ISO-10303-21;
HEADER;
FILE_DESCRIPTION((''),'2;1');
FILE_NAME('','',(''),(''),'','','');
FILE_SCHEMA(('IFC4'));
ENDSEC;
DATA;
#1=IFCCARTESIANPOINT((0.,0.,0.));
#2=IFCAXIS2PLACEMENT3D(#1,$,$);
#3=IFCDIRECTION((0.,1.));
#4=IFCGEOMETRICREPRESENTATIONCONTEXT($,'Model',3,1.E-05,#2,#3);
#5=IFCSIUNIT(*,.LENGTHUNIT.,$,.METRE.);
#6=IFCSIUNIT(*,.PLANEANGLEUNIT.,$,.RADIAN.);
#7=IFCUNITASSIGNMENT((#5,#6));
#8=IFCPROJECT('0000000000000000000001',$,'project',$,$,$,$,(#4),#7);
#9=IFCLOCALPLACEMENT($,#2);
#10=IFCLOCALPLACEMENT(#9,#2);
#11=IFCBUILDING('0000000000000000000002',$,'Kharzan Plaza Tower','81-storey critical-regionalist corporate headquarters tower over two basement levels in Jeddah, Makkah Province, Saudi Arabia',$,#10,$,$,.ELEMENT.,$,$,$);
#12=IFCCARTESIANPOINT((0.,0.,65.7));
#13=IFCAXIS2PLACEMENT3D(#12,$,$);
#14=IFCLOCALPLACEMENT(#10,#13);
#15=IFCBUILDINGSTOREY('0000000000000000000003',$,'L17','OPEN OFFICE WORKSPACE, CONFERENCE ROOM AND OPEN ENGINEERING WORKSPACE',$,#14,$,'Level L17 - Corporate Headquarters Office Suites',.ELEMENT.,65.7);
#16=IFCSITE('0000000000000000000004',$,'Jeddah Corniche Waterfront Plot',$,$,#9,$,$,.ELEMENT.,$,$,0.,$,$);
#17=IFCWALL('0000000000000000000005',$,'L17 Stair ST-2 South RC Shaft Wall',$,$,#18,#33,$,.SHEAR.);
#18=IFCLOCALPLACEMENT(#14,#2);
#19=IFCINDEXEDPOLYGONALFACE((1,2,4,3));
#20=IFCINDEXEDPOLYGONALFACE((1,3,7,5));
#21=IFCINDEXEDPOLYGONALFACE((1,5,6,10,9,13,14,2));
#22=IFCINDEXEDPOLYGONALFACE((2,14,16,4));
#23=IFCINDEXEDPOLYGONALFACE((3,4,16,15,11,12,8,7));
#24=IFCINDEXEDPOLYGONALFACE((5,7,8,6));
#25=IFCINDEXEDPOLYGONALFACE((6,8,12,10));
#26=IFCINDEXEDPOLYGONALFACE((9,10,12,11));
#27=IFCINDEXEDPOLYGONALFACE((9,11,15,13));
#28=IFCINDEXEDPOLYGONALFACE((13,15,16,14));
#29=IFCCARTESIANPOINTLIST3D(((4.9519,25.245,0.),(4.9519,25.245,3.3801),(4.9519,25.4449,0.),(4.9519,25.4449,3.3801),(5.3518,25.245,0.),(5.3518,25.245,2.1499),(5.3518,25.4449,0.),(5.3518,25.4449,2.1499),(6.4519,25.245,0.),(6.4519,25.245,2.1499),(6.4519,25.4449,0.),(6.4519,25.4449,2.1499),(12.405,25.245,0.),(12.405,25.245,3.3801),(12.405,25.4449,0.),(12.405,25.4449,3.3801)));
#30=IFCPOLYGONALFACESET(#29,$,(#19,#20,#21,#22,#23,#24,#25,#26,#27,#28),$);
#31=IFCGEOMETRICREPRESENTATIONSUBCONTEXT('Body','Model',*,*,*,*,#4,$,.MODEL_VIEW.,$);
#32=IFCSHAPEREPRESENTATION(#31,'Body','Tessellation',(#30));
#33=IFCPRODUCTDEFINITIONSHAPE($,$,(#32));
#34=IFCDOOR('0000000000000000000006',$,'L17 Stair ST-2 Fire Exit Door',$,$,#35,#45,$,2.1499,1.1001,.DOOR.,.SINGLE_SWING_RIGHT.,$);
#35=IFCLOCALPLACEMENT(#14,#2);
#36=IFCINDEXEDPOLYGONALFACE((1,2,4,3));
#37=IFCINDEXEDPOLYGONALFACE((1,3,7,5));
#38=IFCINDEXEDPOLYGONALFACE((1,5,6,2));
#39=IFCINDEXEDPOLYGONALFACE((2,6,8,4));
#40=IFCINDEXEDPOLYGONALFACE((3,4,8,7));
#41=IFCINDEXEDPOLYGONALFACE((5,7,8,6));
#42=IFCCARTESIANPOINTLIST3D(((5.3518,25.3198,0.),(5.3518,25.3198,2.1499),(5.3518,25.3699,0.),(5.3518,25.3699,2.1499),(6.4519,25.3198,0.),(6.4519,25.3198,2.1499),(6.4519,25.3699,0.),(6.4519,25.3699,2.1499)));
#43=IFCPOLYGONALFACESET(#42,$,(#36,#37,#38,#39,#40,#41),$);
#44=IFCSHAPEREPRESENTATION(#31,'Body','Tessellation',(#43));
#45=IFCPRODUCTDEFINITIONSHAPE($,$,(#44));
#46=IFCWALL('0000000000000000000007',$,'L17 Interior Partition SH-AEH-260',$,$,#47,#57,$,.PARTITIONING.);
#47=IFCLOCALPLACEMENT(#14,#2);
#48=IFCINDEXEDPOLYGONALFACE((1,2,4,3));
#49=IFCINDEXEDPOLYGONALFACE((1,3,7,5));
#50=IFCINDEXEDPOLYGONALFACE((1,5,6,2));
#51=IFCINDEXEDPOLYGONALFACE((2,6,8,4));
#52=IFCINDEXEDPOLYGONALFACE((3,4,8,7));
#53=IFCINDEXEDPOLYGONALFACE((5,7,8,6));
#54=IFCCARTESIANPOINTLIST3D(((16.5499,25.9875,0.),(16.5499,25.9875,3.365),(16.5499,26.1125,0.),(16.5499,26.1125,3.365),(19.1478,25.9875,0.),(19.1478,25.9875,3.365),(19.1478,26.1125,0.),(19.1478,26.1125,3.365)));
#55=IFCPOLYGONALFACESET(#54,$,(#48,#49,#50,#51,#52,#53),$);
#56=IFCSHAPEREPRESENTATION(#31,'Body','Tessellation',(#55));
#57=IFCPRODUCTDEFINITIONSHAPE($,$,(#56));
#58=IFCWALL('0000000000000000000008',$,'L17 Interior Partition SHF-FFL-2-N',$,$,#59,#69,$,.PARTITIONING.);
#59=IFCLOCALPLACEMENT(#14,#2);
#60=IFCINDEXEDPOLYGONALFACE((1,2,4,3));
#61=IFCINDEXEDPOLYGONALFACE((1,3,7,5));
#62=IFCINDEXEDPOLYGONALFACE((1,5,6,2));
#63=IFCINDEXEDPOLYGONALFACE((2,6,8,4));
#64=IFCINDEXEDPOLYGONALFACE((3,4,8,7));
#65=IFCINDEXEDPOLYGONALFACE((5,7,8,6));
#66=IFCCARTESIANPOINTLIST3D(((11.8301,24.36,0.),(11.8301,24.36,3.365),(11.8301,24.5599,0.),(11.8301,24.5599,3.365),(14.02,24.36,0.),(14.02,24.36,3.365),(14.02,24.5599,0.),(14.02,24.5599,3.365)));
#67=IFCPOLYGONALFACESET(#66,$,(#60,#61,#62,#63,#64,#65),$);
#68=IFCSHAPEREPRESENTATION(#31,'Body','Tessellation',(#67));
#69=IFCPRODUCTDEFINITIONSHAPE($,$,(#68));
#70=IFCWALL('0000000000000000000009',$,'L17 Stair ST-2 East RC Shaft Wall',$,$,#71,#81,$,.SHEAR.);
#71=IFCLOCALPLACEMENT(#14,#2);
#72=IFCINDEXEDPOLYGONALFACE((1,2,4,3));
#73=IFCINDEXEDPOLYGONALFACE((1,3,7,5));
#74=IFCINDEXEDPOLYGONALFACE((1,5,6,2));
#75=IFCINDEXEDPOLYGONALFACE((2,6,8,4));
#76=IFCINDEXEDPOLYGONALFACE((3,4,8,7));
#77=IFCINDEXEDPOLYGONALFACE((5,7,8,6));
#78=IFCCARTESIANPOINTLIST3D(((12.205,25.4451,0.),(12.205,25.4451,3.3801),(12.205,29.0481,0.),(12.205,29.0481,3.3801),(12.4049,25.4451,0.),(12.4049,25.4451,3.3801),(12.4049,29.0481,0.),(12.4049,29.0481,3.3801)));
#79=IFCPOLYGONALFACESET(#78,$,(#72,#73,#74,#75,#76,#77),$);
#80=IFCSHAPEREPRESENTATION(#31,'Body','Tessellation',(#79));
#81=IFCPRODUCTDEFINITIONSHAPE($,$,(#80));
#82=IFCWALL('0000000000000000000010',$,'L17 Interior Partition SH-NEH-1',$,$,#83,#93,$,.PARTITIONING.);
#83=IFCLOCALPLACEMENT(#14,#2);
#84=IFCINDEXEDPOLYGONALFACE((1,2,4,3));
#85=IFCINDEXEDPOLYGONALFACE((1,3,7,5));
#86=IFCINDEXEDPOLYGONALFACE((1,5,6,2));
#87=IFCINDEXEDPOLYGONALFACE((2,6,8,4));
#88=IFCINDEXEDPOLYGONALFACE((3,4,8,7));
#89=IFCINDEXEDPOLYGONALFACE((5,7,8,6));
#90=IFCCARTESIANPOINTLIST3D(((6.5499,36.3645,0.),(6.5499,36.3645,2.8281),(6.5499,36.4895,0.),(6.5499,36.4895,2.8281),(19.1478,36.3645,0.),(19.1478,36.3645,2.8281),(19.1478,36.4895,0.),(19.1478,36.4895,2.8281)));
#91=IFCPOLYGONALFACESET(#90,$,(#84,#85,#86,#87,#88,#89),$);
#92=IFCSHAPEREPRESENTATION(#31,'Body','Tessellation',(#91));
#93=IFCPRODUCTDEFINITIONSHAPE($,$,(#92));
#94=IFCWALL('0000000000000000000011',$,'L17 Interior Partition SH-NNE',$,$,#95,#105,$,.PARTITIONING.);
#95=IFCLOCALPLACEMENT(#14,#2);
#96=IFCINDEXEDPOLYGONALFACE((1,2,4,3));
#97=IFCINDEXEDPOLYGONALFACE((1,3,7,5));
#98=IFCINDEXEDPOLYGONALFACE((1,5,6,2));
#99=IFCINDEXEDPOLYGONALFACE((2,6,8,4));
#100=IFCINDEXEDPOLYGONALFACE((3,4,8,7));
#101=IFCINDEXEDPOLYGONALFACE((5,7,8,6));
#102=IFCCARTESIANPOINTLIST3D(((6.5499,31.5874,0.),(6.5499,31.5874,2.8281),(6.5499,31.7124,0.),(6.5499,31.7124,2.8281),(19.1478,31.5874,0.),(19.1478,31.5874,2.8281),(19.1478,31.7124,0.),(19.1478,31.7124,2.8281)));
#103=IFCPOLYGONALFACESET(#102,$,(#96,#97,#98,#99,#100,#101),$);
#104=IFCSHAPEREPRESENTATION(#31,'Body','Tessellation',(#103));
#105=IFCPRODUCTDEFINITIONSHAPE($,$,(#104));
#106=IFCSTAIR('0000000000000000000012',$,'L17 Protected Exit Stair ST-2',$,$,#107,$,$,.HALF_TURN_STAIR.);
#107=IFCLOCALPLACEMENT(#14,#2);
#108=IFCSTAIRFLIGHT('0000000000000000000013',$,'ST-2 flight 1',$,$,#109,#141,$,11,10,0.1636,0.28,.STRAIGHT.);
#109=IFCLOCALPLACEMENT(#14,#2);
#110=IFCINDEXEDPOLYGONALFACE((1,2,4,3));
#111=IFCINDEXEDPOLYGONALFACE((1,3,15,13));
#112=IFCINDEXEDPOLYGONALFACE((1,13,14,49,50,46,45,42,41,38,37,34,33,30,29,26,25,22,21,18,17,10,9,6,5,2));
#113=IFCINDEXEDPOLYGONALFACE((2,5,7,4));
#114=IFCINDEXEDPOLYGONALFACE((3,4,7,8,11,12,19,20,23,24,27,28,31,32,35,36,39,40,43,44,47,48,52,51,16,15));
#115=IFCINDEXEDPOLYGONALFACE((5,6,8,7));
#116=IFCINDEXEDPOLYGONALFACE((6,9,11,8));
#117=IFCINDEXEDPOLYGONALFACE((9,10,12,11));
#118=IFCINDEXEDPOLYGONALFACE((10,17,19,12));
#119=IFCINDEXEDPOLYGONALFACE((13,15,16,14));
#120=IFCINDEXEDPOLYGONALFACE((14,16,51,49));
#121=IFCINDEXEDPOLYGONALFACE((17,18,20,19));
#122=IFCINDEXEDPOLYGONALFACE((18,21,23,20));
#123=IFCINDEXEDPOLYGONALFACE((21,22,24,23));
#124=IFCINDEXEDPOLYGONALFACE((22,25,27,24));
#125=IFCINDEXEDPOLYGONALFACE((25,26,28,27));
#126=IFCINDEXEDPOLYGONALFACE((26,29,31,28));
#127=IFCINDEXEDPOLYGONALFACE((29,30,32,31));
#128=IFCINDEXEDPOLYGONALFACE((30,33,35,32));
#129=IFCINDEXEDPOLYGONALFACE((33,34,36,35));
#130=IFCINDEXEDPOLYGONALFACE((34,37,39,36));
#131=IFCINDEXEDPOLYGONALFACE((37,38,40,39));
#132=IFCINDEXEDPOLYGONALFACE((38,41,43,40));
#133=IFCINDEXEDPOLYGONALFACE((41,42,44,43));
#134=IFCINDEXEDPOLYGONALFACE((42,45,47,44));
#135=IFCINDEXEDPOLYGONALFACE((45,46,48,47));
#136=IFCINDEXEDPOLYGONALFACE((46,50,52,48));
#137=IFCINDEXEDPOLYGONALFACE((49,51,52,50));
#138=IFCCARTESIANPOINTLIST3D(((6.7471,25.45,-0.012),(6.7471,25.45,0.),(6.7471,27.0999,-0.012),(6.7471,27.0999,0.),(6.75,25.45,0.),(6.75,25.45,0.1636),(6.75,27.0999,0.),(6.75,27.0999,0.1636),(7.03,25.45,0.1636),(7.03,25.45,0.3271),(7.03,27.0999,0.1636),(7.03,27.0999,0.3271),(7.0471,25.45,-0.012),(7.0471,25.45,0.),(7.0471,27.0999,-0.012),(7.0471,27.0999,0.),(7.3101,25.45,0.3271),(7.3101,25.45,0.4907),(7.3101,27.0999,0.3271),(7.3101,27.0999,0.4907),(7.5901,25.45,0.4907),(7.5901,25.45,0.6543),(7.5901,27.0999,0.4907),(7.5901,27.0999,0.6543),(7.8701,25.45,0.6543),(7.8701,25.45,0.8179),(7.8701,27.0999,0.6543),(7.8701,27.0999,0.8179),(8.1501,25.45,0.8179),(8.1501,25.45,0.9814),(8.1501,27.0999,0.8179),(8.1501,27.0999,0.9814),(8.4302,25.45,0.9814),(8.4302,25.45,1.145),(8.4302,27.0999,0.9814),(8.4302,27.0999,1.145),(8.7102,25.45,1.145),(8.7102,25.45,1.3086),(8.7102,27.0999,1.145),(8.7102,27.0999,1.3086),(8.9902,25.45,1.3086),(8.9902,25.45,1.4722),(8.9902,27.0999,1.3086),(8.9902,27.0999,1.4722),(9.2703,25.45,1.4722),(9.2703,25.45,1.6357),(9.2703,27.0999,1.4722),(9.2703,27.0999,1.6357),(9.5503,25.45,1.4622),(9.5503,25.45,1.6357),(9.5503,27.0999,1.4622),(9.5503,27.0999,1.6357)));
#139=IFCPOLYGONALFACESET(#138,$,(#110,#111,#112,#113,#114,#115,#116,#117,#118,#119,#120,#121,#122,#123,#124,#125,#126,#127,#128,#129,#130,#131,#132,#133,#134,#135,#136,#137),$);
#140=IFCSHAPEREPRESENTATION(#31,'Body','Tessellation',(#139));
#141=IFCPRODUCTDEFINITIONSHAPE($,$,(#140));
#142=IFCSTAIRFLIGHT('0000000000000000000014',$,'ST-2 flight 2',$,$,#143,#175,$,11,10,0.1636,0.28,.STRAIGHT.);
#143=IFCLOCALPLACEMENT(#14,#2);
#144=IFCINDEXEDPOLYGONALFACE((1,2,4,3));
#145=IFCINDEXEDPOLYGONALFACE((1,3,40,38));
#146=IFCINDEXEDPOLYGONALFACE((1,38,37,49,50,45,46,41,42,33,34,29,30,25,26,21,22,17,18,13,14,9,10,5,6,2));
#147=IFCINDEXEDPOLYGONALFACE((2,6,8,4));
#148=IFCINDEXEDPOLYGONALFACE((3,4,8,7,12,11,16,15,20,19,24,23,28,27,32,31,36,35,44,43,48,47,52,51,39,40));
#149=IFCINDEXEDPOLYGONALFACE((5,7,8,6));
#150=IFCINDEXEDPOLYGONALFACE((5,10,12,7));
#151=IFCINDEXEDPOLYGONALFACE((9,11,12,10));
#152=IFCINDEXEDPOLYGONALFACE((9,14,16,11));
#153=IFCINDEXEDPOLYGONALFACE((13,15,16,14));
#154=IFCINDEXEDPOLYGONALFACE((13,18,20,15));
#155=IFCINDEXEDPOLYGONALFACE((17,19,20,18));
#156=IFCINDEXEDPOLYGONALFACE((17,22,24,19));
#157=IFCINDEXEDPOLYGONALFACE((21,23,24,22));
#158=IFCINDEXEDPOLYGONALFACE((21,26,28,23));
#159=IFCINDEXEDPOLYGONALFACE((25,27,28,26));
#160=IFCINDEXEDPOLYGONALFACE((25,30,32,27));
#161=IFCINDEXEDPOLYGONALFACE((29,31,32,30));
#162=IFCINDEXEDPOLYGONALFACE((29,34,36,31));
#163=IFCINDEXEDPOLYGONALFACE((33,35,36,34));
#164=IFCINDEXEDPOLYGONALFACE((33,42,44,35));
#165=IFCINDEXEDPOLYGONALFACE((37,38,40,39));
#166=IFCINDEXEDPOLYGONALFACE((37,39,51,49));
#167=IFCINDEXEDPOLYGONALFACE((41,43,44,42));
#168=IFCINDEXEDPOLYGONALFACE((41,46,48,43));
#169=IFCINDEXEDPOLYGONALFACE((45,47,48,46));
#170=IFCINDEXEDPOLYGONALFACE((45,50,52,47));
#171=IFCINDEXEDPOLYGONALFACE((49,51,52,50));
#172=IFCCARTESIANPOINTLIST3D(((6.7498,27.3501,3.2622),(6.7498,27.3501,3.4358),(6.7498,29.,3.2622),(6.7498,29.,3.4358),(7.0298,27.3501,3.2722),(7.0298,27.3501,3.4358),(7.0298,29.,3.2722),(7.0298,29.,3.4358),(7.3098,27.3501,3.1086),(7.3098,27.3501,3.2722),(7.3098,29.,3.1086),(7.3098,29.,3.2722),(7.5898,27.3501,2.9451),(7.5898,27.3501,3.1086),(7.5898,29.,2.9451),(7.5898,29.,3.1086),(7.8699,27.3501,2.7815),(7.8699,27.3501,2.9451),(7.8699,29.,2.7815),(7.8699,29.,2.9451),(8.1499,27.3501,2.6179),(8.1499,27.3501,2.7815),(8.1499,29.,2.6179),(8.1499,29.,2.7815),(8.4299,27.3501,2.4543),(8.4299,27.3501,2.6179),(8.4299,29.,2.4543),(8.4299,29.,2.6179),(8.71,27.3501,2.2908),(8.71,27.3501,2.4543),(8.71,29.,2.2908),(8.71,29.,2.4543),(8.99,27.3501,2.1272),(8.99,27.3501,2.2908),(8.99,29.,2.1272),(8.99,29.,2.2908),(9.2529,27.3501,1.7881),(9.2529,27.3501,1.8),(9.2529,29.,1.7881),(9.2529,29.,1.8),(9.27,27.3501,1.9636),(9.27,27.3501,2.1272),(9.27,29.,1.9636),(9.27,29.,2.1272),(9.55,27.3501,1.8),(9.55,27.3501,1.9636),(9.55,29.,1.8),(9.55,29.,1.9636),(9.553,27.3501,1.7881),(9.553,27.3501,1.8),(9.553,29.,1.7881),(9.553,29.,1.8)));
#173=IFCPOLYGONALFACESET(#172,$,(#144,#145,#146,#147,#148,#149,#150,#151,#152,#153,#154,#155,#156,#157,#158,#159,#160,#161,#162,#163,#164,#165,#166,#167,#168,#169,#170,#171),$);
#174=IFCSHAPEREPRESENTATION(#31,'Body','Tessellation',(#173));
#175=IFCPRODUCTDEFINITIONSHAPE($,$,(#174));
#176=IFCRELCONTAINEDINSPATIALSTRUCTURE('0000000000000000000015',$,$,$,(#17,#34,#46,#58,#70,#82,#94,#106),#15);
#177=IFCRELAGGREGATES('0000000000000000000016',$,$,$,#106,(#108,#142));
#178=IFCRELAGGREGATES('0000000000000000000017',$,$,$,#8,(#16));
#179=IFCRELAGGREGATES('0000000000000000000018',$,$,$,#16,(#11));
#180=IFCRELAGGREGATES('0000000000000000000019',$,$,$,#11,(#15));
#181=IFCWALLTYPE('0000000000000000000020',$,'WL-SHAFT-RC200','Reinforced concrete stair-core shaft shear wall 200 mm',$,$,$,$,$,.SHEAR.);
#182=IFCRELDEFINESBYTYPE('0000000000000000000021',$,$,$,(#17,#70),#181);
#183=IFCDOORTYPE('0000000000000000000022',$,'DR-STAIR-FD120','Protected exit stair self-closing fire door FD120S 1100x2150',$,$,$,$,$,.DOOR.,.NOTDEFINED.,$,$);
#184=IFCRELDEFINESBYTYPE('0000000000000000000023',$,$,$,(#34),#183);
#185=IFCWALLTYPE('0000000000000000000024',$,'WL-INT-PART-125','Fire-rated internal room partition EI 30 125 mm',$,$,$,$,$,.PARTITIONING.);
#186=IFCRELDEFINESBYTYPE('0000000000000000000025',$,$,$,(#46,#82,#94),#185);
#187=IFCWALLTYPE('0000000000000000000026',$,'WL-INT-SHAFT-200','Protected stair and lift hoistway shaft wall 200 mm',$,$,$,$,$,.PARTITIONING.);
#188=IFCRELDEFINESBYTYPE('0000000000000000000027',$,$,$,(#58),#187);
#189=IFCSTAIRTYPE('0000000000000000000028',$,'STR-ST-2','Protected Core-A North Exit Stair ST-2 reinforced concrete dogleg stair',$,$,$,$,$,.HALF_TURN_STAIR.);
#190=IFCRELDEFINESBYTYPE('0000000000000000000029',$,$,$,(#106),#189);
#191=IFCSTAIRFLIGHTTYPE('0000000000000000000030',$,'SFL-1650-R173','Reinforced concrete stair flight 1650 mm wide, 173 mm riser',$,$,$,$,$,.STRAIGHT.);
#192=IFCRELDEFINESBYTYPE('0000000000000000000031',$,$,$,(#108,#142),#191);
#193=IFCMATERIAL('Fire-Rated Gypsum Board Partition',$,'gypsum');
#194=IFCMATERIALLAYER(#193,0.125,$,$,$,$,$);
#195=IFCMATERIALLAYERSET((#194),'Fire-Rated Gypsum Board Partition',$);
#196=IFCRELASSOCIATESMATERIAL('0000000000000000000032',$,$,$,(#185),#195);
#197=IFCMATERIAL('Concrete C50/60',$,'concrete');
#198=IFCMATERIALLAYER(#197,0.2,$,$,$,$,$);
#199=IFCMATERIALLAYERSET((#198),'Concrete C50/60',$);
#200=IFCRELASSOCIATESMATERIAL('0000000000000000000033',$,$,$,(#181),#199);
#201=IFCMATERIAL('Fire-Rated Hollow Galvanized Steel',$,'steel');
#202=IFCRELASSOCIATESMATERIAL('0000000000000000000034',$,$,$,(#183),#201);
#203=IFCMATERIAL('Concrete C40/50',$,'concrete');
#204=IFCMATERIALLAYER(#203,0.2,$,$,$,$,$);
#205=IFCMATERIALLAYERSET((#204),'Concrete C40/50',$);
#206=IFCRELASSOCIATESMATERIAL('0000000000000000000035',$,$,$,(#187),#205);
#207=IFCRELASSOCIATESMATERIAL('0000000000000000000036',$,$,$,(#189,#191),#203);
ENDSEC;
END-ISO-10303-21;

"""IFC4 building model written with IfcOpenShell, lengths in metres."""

from ifc_helpers import new_model, si_unit, direction, frame, frame_2d, origin, place, context, subcontext, project, spatial, polyline, rectangle, outline, extrude, source, transform, mapped, material, layer, layer_set, type_object, element, fill, aggregate, save


model = new_model("IFC4")

# Units and contexts
model_context = context("Model", 3, precision=1e-05, world=origin(), true_north=direction((0.0, 1.0)))
body_context = subcontext(model_context, "Body", "Model", "MODEL_VIEW")
ifc_project = project(units=[si_unit("LENGTHUNIT", "METRE"), si_unit("PLANEANGLEUNIT", "RADIAN")], contexts=[model_context])

# Site, building, storey
site_placement = place(None, origin())
site = spatial("IfcSite", under=ifc_project, at=site_placement, Name="Jeddah Corniche Waterfront Plot", CompositionType="ELEMENT", RefElevation=0.0)
building_placement = place(site_placement, origin())
building = spatial("IfcBuilding", under=site, at=building_placement, Name="Kharzan Plaza Tower", Description="81-storey critical-regionalist corporate headquarters tower over two basement levels in Jeddah, Makkah Province, Saudi Arabia", CompositionType="ELEMENT")
storey_placement = place(building_placement, frame((0.0, 0.0, 65.7)))
storey = spatial("IfcBuildingStorey", under=building, at=storey_placement, Name="L17", Description="OPEN OFFICE WORKSPACE, CONFERENCE ROOM AND OPEN ENGINEERING WORKSPACE", LongName="Level L17 - Corporate Headquarters Office Suites", CompositionType="ELEMENT", Elevation=65.7)

# Shared definitions
ifc_material_1 = material(Name="Concrete C50/60", Category="concrete")

# Wall, opening, door
ifc_material_2 = material(Name="Fire-Rated Gypsum Board Partition", Category="gypsum")
ifc_layer_1 = layer(ifc_material_2, 0.125)
ifc_layer_set_1 = layer_set([ifc_layer_1], Name="Fire-Rated Gypsum Board Partition")
wall_type_1 = type_object("IfcWallType", Name="WL-INT-PART-125", Description="Fire-rated internal room partition EI 30 125 mm", PredefinedType="PARTITIONING", material=ifc_layer_set_1)
ifc_layer_2 = layer(ifc_material_1, 0.2)
ifc_layer_set_2 = layer_set([ifc_layer_2], Name="Concrete C50/60")
wall_type_2 = type_object("IfcWallType", Name="WL-SHAFT-RC200", Description="Reinforced concrete stair-core shaft shear wall 200 mm", PredefinedType="SHEAR", material=ifc_layer_set_2)
wall_1_placement = place(storey_placement, frame((4.9519, 25.345, 0.0), z_axis=(0.0, 0.0, 1.0), x_axis=(1.0, 0.0, 0.0)))
wall_1 = element("IfcWall", 1, at=wall_1_placement, inside=storey, type_object=wall_type_2, Name="L17 Stair ST-2 South RC Shaft Wall", PredefinedType="SHEAR", context=body_context, shape_type="SweptSolid", body=[
    extrude(rectangle(XDim=7.4531, YDim=0.2, at=frame_2d((3.7266, 0.0))), origin(), (0.0, 0.0, 1.0), 3.3801),
])
opening_1_placement = place(wall_1_placement, frame((0.3999, 0.0, 0.0)))
opening_1 = element("IfcOpeningElement", 2, at=opening_1_placement, cuts=wall_1, PredefinedType="OPENING", context=body_context, shape_type="SweptSolid", body=[
    extrude(rectangle(XDim=1.1001, YDim=2.1499, at=frame_2d((0.55, 1.075))), frame((0.0, 0.1099, 0.0), z_axis=(0.0, -1.0, 0.0), x_axis=(1.0, 0.0, 0.0)), (0.0, 0.0, 1.0), 0.22),
])
ifc_material_3 = material(Name="Fire-Rated Hollow Galvanized Steel", Category="steel")
door_type_1 = type_object("IfcDoorType", Name="DR-STAIR-FD120", Description="Protected exit stair self-closing fire door FD120S 1100x2150", OperationType="NOTDEFINED", PredefinedType="DOOR", material=ifc_material_3)
shared_shape_1 = source(origin(), body_context, "Body", "SweptSolid", [
    extrude(rectangle(XDim=1.1001, YDim=2.1499, at=frame_2d((0.55, 1.075))), frame((0.0, 0.0249, 0.0), z_axis=(0.0, -1.0, 0.0), x_axis=(1.0, 0.0, 0.0)), (0.0, 0.0, 1.0), 0.05),
])
door_1_placement = place(opening_1_placement, origin())
door_1 = element("IfcDoor", 3, at=door_1_placement, inside=storey, type_object=door_type_1, Name="L17 Stair ST-2 Fire Exit Door", OperationType="SINGLE_SWING_RIGHT", OverallHeight=2.1499, OverallWidth=1.1001, PredefinedType="DOOR", context=body_context, shape_type="MappedRepresentation", body=[
    mapped(shared_shape_1, transform((0.0, 0.0, 0.0), x_axis=(1.0, 0.0, 0.0), y_axis=(0.0, 1.0, 0.0), z_axis=(0.0, 0.0, 1.0))),
])
fill(opening_1, door_1)

# Walls
shared_shape_2 = source(origin(), body_context, "Body", "SweptSolid", [
    extrude(rectangle(XDim=2.5979, YDim=0.125, at=frame_2d((1.2988, 0.0))), origin(), (0.0, 0.0, 1.0), 3.365),
])
wall_2_placement = place(storey_placement, frame((16.55, 26.05, 0.0), z_axis=(0.0, 0.0, 1.0), x_axis=(1.0, 0.0, 0.0)))
element("IfcWall", 4, at=wall_2_placement, inside=storey, type_object=wall_type_1, Name="L17 Interior Partition SH-AEH-260", PredefinedType="PARTITIONING", context=body_context, shape_type="MappedRepresentation", body=[
    mapped(shared_shape_2, transform((0.0, 0.0, 0.0), x_axis=(1.0, 0.0, 0.0), y_axis=(0.0, 1.0, 0.0), z_axis=(0.0, 0.0, 1.0))),
])
ifc_material_4 = material(Name="Concrete C40/50", Category="concrete")
ifc_layer_3 = layer(ifc_material_4, 0.2)
ifc_layer_set_3 = layer_set([ifc_layer_3], Name="Concrete C40/50")
wall_type_3 = type_object("IfcWallType", Name="WL-INT-SHAFT-200", Description="Protected stair and lift hoistway shaft wall 200 mm", PredefinedType="PARTITIONING", material=ifc_layer_set_3)
shared_shape_3 = source(origin(), body_context, "Body", "SweptSolid", [
    extrude(rectangle(XDim=2.1899, YDim=0.2, at=frame_2d((1.095, 0.0))), origin(), (0.0, 0.0, 1.0), 3.365),
])
wall_3_placement = place(storey_placement, frame((11.8301, 24.46, 0.0), z_axis=(0.0, 0.0, 1.0), x_axis=(1.0, 0.0, 0.0)))
element("IfcWall", 5, at=wall_3_placement, inside=storey, type_object=wall_type_3, Name="L17 Interior Partition SHF-FFL-2-N", PredefinedType="PARTITIONING", context=body_context, shape_type="MappedRepresentation", body=[
    mapped(shared_shape_3, transform((0.0, 0.0, 0.0), x_axis=(1.0, 0.0, 0.0), y_axis=(0.0, 1.0, 0.0), z_axis=(0.0, 0.0, 1.0))),
])
shared_shape_4 = source(origin(), body_context, "Body", "SweptSolid", [
    extrude(rectangle(XDim=3.603, YDim=0.2, at=frame_2d((1.8015, 0.0))), origin(), (0.0, 0.0, 1.0), 3.3801),
])
wall_4_placement = place(storey_placement, frame((12.3049, 25.4451, 0.0), z_axis=(0.0, 0.0, 1.0), x_axis=(0.0, 1.0, 0.0)))
element("IfcWall", 6, at=wall_4_placement, inside=storey, type_object=wall_type_2, Name="L17 Stair ST-2 East RC Shaft Wall", PredefinedType="SHEAR", context=body_context, shape_type="MappedRepresentation", body=[
    mapped(shared_shape_4, transform((0.0, 0.0, 0.0), x_axis=(1.0, 0.0, 0.0), y_axis=(0.0, 1.0, 0.0), z_axis=(0.0, 0.0, 1.0))),
])
shared_shape_5 = source(origin(), body_context, "Body", "SweptSolid", [
    extrude(rectangle(XDim=12.5979, YDim=0.125, at=frame_2d((6.2988, 0.0))), origin(), (0.0, 0.0, 1.0), 2.8281),
])
for number, where, z_axis, x_axis, name in (
    (7, (6.55, 36.427, 0.0), (0.0, 0.0, 1.0), (1.0, 0.0, 0.0), "L17 Interior Partition SH-NEH-1"),
    (8, (6.55, 31.6499, 0.0), (0.0, 0.0, 1.0), (1.0, 0.0, 0.0), "L17 Interior Partition SH-NNE"),
):
    element("IfcWall", number, at=place(storey_placement, frame(where, z_axis=z_axis, x_axis=x_axis)), inside=storey, type_object=wall_type_1, Name=name, PredefinedType="PARTITIONING", context=body_context, shape_type="MappedRepresentation", body=[
        mapped(shared_shape_5, transform((0.0, 0.0, 0.0), x_axis=(1.0, 0.0, 0.0), y_axis=(0.0, 1.0, 0.0), z_axis=(0.0, 0.0, 1.0))),
    ])

# Stair, stair flights
stair_type = type_object("IfcStairType", Name="STR-ST-2", Description="Protected Core-A North Exit Stair ST-2 reinforced concrete dogleg stair", PredefinedType="HALF_TURN_STAIR", material=ifc_material_4)
stair_placement = place(storey_placement, origin())
stair = element("IfcStair", 9, at=stair_placement, inside=storey, type_object=stair_type, Name="L17 Protected Exit Stair ST-2", PredefinedType="HALF_TURN_STAIR")
stair_flight_type = type_object("IfcStairFlightType", Name="SFL-1650-R173", Description="Reinforced concrete stair flight 1650 mm wide, 173 mm riser", PredefinedType="STRAIGHT", material=ifc_material_4)
shared_shape_6 = source(origin(), body_context, "Body", "SweptSolid", [
    extrude(outline(polyline([(-0.0029, -0.012), (-0.0029, 0.0), (0.0, 0.0), (0.0, 0.1636), (0.28, 0.1636), (0.28, 0.3271), (0.5601, 0.3271), (0.5601, 0.4907), (0.8401, 0.4907), (0.8401, 0.6543), (1.1201, 0.6543), (1.1201, 0.8179), (1.4001, 0.8179), (1.4001, 0.9814), (1.6802, 0.9814), (1.6802, 1.145), (1.9602, 1.145), (1.9602, 1.3086), (2.2402, 1.3086), (2.2402, 1.4722), (2.5203, 1.4722), (2.5203, 1.6357), (2.8003, 1.6357), (2.8003, 1.7993), (2.8003, 1.4622), (0.2971, 0.0), (0.2971, -0.012), (-0.0029, -0.012)])), frame((0.0, 0.825, 0.0), z_axis=(0.0, -1.0, 0.0), x_axis=(1.0, 0.0, 0.0)), (0.0, 0.0, 1.0), 1.6499),
])
stair_flight_1_placement = place(storey_placement, frame((6.75, 26.2749, 0.0), z_axis=(0.0, 0.0, 1.0), x_axis=(1.0, 0.0, 0.0)))
stair_flight_1 = element("IfcStairFlight", 10, at=stair_flight_1_placement, type_object=stair_flight_type, Name="ST-2 flight 1", NumberOfRisers=11, NumberOfTreads=10, PredefinedType="STRAIGHT", RiserHeight=0.1636, TreadLength=0.28, context=body_context, shape_type="MappedRepresentation", body=[
    mapped(shared_shape_6, transform((0.0, 0.0, 0.0), x_axis=(1.0, 0.0, 0.0), y_axis=(0.0, 1.0, 0.0), z_axis=(0.0, 0.0, 1.0))),
])
stair_flight_2_placement = place(storey_placement, frame((9.55, 28.175, 1.8), z_axis=(0.0, 0.0, 1.0), x_axis=(-1.0, 0.0, 0.0)))
stair_flight_2 = element("IfcStairFlight", 11, at=stair_flight_2_placement, type_object=stair_flight_type, Name="ST-2 flight 2", NumberOfRisers=11, NumberOfTreads=10, PredefinedType="STRAIGHT", RiserHeight=0.1636, TreadLength=0.28, context=body_context, shape_type="MappedRepresentation", body=[
    mapped(shared_shape_6, transform((0.0, 0.0, 0.0), x_axis=(1.0, 0.0, 0.0), y_axis=(0.0, 1.0, 0.0), z_axis=(0.0, 0.0, 1.0))),
])
aggregate(stair, [stair_flight_1, stair_flight_2])

save(model, "model.ifc")
